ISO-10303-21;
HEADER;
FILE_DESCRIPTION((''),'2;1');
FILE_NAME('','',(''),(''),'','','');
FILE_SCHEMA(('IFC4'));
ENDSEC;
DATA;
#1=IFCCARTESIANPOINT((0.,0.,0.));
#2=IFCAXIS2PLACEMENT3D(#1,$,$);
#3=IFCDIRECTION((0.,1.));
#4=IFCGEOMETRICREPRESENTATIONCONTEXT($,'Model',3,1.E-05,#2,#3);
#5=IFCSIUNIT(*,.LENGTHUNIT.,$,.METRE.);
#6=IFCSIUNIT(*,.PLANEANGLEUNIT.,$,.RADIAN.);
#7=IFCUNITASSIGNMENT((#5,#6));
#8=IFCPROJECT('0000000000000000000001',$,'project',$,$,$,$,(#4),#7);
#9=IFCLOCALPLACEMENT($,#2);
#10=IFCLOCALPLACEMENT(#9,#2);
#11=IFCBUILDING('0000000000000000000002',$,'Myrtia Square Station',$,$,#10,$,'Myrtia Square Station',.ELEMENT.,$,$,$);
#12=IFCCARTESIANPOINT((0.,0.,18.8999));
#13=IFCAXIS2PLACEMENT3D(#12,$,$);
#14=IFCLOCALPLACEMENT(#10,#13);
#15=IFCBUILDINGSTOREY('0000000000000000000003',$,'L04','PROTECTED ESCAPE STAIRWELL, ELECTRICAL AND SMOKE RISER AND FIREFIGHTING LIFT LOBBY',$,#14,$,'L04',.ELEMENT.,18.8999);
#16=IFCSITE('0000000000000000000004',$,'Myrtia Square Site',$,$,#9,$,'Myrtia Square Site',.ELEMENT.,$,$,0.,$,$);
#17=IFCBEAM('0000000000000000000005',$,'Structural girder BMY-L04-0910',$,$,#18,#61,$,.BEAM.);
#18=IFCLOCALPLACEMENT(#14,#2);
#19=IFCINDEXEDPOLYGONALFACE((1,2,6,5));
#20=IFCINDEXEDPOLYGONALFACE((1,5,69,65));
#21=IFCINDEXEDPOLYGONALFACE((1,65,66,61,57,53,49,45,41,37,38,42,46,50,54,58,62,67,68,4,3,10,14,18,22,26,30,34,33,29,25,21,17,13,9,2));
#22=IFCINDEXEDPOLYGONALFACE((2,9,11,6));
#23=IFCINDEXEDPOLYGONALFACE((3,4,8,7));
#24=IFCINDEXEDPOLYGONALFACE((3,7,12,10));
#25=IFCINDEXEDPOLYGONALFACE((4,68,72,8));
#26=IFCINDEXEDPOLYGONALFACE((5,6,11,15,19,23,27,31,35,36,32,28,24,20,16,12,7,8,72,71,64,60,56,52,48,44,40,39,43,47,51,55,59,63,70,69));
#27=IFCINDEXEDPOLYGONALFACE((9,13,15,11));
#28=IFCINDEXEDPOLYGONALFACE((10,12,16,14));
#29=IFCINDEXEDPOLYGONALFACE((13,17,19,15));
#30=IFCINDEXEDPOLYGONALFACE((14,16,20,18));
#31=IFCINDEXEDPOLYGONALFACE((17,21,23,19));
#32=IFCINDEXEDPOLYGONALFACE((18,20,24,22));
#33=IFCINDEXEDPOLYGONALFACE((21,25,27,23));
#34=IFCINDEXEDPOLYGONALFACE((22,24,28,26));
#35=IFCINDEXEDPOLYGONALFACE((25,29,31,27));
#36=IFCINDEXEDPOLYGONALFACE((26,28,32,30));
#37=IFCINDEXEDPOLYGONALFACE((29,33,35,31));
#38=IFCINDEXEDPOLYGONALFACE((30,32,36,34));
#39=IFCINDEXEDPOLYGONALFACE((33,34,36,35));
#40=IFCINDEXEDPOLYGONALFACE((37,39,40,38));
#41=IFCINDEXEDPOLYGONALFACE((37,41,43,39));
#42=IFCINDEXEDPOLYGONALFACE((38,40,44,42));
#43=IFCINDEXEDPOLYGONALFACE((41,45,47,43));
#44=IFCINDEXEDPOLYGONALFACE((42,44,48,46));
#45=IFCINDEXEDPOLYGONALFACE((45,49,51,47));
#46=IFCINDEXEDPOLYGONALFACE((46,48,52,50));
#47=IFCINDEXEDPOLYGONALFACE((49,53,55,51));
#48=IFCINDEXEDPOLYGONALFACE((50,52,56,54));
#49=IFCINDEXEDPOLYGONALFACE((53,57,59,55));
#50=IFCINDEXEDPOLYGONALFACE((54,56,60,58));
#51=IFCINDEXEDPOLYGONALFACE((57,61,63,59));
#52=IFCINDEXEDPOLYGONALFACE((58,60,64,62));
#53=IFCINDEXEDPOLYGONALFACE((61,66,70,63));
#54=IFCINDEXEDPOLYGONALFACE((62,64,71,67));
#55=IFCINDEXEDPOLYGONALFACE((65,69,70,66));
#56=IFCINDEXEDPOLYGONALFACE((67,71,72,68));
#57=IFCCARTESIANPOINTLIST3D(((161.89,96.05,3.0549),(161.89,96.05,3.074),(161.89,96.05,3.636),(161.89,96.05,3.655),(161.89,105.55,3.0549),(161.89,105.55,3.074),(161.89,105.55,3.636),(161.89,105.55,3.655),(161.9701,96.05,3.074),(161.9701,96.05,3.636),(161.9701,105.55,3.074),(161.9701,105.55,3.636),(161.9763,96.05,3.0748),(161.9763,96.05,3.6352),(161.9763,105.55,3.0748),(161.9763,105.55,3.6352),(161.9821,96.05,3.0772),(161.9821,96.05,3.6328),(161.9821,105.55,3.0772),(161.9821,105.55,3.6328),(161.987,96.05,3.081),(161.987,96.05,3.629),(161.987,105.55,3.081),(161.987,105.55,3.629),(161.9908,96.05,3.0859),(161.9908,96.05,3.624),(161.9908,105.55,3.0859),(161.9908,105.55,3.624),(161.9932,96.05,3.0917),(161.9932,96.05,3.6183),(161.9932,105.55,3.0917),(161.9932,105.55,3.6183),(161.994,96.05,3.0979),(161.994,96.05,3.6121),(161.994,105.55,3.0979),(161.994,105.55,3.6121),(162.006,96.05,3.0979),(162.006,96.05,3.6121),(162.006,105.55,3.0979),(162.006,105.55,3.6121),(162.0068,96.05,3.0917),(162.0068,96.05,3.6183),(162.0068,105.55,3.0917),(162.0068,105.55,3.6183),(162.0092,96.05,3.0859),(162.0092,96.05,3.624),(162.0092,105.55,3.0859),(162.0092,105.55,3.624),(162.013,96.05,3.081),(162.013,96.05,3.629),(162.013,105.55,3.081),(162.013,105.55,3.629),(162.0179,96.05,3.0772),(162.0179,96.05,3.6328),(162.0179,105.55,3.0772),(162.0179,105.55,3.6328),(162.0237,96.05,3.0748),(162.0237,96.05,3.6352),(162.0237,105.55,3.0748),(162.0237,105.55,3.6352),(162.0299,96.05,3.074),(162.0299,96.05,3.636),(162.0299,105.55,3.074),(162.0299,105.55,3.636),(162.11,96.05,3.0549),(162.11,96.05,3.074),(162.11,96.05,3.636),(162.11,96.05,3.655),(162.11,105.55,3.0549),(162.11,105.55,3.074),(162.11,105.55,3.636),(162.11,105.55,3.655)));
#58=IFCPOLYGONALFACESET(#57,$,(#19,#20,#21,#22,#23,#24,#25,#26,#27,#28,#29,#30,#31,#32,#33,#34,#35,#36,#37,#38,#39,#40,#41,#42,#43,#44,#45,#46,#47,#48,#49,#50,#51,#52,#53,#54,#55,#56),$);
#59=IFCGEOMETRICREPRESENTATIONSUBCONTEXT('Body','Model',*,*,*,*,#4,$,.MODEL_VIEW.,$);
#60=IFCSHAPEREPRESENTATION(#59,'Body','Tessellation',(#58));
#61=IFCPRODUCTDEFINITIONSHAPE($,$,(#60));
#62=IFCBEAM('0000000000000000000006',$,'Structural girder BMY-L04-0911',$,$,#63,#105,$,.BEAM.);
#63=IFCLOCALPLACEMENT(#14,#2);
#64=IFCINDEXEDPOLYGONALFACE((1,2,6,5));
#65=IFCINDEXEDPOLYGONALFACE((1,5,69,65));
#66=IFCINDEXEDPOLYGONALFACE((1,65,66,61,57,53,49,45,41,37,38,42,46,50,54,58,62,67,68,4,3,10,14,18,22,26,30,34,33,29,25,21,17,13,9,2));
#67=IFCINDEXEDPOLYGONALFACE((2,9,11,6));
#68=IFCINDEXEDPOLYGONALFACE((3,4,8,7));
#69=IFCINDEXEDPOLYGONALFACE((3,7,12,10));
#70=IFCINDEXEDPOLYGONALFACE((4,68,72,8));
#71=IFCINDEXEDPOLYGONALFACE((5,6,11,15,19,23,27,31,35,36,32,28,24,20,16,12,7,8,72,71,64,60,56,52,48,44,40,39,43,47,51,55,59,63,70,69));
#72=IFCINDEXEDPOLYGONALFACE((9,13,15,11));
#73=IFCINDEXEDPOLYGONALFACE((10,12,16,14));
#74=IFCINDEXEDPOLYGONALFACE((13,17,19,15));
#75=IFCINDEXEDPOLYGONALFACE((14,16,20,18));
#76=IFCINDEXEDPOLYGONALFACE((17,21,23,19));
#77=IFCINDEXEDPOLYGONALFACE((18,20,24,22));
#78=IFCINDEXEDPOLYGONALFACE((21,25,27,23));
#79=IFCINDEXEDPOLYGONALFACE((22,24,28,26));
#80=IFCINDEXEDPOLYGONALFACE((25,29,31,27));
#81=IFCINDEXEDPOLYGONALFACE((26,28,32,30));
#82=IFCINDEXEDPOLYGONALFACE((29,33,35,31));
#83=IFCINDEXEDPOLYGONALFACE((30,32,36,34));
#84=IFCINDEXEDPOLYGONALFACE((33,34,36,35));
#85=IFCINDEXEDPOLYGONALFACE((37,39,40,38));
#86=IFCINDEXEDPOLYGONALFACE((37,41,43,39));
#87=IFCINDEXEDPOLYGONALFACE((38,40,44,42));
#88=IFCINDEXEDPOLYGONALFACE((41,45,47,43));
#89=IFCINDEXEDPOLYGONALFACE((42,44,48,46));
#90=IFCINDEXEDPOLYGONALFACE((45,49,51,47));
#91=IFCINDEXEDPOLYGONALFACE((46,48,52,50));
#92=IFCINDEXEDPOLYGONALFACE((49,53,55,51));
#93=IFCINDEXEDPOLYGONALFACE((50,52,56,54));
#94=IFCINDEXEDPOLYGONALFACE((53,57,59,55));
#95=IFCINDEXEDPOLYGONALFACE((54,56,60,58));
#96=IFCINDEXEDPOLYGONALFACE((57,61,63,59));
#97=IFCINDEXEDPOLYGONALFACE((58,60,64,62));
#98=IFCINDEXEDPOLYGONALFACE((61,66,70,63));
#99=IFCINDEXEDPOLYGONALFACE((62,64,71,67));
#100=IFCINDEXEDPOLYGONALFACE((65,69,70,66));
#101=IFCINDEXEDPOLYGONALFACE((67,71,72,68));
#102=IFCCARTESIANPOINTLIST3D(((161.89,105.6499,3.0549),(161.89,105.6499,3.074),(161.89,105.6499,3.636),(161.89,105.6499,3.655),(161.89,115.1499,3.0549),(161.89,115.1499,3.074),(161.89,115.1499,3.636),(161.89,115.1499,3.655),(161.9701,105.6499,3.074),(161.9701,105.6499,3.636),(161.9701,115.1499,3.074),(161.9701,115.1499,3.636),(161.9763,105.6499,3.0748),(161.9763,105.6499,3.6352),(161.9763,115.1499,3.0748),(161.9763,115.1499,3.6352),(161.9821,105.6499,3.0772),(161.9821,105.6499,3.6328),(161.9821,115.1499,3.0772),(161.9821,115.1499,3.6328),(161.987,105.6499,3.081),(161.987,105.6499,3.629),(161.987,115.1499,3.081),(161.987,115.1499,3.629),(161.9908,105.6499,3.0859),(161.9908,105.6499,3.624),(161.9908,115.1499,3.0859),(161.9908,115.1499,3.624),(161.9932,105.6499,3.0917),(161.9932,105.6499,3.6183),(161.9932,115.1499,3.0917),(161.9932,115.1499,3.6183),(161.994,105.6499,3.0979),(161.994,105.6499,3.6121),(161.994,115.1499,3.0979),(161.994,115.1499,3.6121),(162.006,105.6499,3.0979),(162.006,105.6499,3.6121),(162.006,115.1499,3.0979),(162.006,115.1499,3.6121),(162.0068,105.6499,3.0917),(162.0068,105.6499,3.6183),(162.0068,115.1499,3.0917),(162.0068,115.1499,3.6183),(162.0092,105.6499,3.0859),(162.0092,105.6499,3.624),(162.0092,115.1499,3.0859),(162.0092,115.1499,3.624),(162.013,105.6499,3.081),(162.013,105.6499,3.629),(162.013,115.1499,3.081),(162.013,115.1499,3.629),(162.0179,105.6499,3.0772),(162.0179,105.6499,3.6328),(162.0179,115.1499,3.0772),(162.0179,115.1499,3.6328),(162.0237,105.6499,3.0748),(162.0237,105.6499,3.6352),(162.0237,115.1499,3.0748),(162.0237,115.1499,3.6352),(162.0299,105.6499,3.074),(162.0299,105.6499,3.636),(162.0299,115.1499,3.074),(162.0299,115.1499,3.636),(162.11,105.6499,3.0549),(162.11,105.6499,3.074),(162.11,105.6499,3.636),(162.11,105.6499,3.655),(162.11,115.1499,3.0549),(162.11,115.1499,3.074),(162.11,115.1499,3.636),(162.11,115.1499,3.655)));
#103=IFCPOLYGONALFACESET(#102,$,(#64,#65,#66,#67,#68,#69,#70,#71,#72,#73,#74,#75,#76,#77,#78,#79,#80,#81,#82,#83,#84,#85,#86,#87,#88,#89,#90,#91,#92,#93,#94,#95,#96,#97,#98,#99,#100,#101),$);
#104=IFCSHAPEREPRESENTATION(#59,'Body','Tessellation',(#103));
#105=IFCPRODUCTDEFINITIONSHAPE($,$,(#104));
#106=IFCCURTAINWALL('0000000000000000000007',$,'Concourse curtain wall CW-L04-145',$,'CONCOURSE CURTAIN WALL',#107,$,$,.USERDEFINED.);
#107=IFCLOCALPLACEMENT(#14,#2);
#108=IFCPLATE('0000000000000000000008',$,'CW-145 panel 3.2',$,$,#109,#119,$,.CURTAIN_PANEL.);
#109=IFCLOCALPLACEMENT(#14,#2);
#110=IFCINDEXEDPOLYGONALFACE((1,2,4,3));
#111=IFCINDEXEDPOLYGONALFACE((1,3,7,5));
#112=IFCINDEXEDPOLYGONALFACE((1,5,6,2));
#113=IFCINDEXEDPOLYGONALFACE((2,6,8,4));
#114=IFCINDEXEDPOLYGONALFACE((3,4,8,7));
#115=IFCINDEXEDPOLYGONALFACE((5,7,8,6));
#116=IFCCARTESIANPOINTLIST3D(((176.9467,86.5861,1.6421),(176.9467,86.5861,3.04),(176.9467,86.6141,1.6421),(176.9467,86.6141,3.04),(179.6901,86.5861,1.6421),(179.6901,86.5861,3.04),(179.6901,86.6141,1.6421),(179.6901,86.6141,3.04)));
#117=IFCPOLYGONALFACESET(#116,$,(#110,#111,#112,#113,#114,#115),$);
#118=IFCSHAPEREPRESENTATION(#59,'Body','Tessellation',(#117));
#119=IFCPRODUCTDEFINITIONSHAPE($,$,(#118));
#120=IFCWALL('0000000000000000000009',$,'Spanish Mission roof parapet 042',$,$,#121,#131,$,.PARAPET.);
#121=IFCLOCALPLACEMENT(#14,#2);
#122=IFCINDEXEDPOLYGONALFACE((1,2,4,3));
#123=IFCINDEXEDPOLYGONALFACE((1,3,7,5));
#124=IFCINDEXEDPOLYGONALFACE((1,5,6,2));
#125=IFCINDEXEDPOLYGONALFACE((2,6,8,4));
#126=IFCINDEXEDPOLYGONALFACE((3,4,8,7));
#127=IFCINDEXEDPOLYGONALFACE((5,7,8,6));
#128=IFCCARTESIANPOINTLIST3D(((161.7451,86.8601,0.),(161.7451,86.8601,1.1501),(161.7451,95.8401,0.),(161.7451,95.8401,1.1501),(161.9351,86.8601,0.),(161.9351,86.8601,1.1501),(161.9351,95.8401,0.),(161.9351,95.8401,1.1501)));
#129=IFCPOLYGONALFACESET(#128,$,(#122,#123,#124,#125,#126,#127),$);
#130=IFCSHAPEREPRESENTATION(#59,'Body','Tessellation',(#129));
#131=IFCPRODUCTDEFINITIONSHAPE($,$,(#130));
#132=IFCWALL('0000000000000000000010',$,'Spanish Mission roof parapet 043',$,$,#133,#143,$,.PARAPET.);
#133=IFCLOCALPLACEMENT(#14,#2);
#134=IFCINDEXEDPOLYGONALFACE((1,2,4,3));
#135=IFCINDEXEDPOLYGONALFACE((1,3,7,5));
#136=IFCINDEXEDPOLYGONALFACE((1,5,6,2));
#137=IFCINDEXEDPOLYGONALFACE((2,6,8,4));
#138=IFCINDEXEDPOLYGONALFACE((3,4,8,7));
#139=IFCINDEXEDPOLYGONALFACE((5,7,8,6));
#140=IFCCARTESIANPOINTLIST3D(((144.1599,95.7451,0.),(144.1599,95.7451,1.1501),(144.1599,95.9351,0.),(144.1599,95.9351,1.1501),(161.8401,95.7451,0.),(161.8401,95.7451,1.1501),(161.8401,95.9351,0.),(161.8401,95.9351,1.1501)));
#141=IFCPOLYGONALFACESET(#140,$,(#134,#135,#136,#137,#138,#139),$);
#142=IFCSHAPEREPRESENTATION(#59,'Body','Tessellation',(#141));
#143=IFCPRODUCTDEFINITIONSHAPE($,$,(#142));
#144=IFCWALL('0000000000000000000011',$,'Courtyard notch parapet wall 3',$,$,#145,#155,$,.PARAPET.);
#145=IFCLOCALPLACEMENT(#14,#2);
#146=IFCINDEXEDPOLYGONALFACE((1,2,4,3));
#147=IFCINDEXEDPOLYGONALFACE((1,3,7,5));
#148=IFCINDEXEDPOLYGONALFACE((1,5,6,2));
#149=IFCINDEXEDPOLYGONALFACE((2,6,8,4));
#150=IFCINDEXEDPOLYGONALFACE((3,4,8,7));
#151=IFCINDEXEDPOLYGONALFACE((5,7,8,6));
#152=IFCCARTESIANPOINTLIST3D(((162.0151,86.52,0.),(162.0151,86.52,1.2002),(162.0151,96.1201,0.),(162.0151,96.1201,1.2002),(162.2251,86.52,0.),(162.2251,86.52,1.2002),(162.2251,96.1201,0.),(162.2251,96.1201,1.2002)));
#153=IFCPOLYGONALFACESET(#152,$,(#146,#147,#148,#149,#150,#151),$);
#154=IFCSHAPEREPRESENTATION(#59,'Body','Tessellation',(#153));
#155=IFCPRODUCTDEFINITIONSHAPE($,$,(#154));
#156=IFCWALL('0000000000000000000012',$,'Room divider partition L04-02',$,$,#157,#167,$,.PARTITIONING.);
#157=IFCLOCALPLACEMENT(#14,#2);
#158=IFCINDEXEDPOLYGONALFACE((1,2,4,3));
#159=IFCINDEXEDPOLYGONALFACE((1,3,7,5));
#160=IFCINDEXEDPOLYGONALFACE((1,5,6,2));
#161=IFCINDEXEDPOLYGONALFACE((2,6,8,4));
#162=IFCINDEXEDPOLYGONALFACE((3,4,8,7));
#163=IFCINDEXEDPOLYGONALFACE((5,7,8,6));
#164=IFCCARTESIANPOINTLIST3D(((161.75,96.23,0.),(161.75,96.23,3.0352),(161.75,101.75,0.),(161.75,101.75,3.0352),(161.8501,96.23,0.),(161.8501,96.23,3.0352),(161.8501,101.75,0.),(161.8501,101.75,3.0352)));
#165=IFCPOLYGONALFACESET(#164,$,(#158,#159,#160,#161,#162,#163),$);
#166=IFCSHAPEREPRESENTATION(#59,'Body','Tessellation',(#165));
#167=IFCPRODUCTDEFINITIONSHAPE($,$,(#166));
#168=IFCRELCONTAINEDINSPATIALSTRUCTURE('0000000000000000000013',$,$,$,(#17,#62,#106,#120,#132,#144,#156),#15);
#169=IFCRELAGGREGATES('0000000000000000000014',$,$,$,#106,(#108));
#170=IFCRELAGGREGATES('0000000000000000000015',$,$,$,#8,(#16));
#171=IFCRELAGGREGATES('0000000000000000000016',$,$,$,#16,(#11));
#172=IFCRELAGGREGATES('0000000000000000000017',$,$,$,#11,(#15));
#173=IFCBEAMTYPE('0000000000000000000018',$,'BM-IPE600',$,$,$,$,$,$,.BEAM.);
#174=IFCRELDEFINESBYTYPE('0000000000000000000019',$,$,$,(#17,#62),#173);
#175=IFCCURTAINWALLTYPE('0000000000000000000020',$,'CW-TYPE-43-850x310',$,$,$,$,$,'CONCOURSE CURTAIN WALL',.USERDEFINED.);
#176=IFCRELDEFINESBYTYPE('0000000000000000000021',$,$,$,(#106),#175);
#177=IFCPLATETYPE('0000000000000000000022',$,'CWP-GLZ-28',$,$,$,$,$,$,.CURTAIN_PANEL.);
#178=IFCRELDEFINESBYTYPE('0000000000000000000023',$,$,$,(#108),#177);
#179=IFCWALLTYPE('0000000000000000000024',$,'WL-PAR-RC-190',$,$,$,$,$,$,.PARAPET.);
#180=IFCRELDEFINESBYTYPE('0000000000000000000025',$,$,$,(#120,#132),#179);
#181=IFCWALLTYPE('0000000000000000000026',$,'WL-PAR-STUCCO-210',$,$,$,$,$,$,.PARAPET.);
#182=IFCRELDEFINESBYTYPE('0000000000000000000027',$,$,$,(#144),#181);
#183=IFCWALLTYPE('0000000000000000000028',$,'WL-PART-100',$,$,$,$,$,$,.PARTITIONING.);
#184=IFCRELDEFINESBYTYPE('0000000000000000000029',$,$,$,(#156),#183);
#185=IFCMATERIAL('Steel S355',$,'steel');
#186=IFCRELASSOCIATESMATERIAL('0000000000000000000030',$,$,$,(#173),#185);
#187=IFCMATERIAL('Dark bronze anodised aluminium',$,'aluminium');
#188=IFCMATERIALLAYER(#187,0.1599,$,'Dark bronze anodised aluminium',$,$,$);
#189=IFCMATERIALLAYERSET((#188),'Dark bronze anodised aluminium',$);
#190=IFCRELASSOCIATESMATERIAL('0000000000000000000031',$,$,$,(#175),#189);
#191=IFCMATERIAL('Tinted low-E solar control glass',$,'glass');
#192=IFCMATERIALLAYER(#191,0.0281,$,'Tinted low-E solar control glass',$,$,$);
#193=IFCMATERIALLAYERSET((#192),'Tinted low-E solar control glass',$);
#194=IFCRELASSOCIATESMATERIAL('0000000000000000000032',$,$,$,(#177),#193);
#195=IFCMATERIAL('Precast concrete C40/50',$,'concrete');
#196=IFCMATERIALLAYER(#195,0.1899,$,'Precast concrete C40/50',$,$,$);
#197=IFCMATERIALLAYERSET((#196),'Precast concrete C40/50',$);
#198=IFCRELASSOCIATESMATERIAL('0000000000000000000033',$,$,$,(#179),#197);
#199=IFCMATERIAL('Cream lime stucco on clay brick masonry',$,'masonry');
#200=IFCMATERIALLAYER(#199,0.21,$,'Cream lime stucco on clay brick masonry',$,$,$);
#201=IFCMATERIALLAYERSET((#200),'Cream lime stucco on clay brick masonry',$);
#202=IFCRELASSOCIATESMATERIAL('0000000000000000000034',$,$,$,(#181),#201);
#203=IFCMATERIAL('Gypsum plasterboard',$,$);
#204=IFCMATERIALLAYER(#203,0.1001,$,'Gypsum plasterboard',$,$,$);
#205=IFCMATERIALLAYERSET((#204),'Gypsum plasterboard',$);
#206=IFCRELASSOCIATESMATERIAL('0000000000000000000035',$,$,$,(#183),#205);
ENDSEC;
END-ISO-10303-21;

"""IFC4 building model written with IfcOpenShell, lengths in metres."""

from ifc_helpers import new_model, si_unit, direction, frame, frame_2d, origin, origin_2d, place, context, subcontext, project, spatial, rectangle, i_section, extrude, material, layer, layer_set, material_profile, profile_set, type_object, element, aggregate, save


model = new_model("IFC4")

# Units and contexts
model_context = context("Model", 3, precision=1e-05, world=origin(), true_north=direction((0.0, 1.0)))
body_context = subcontext(model_context, "Body", "Model", "MODEL_VIEW")
ifc_project = project(units=[si_unit("LENGTHUNIT", "METRE"), si_unit("PLANEANGLEUNIT", "RADIAN")], contexts=[model_context])

# Site, building, storey
site_placement = place(None, origin())
site = spatial("IfcSite", under=ifc_project, at=site_placement, Name="Myrtia Square Site", LongName="Myrtia Square Site", CompositionType="ELEMENT", RefElevation=0.0)
building_placement = place(site_placement, origin())
building = spatial("IfcBuilding", under=site, at=building_placement, Name="Myrtia Square Station", LongName="Myrtia Square Station", CompositionType="ELEMENT")
storey_placement = place(building_placement, frame((0.0, 0.0, 18.8999)))
storey = spatial("IfcBuildingStorey", under=building, at=storey_placement, Name="L04", Description="PROTECTED ESCAPE STAIRWELL, ELECTRICAL AND SMOKE RISER AND FIREFIGHTING LIFT LOBBY", LongName="L04", CompositionType="ELEMENT", Elevation=18.8999)

# Shared definitions
ifc_material_1 = material(Name="Steel S355", Category="steel")

# Beams
ifc_material_profile_1 = material_profile(ifc_material_1, i_section(OverallWidth=0.22, OverallDepth=0.6001, WebThickness=0.012, FlangeThickness=0.019, FilletRadius=0.0239, at=origin_2d()), Name="IPE 600")
ifc_profile_set_1 = profile_set([ifc_material_profile_1], Name="Steel S355")
beam_type_1 = type_object("IfcBeamType", Name="BM-IPE600", PredefinedType="BEAM", material=ifc_profile_set_1)
for number, where, z_axis, x_axis, name in (
    (1, (162.0, 96.05, 3.355), (0.0, 1.0, 0.0), (-1.0, 0.0, 0.0), "Structural girder BMY-L04-0910"),
    (2, (162.0, 105.6499, 3.355), (0.0, 1.0, 0.0), (-1.0, 0.0, 0.0), "Structural girder BMY-L04-0911"),
):
    element("IfcBeam", number, at=place(storey_placement, frame(where, z_axis=z_axis, x_axis=x_axis)), inside=storey, type_object=beam_type_1, Name=name, PredefinedType="BEAM", context=body_context, shape_type="SweptSolid", body=[
        extrude(i_section(OverallWidth=0.22, OverallDepth=0.6001, WebThickness=0.012, FlangeThickness=0.019, FilletRadius=0.0239, at=origin_2d()), origin(), (0.0, 0.0, 1.0), 9.5),
    ])

# Curtain wall, plate
ifc_material_2 = material(Name="Dark bronze anodised aluminium", Category="aluminium")
ifc_layer_1 = layer(ifc_material_2, 0.1599, Name="Dark bronze anodised aluminium")
ifc_layer_set_1 = layer_set([ifc_layer_1], Name="Dark bronze anodised aluminium")
curtain_wall_type = type_object("IfcCurtainWallType", Name="CW-TYPE-43-850x310", ElementType="CONCOURSE CURTAIN WALL", PredefinedType="USERDEFINED", material=ifc_layer_set_1)
curtain_wall_placement = place(storey_placement, origin())
curtain_wall = element("IfcCurtainWall", 3, at=curtain_wall_placement, inside=storey, type_object=curtain_wall_type, Name="Concourse curtain wall CW-L04-145", ObjectType="CONCOURSE CURTAIN WALL", PredefinedType="USERDEFINED")
ifc_material_3 = material(Name="Tinted low-E solar control glass", Category="glass")
ifc_layer_2 = layer(ifc_material_3, 0.0281, Name="Tinted low-E solar control glass")
ifc_layer_set_2 = layer_set([ifc_layer_2], Name="Tinted low-E solar control glass")
plate_type = type_object("IfcPlateType", Name="CWP-GLZ-28", PredefinedType="CURTAIN_PANEL", material=ifc_layer_set_2)
plate_placement = place(storey_placement, frame((178.3184, 86.6001, 1.6421), z_axis=(0.0, 0.0, 1.0), x_axis=(1.0, 0.0, 0.0)))
plate = element("IfcPlate", 4, at=plate_placement, type_object=plate_type, Name="CW-145 panel 3.2", PredefinedType="CURTAIN_PANEL", context=body_context, shape_type="SweptSolid", body=[
    extrude(rectangle(XDim=2.7434, YDim=0.0281, at=origin_2d()), origin(), (0.0, 0.0, 1.0), 1.3979),
])
aggregate(curtain_wall, [plate])

# Walls
ifc_material_4 = material(Name="Precast concrete C40/50", Category="concrete")
ifc_layer_3 = layer(ifc_material_4, 0.1899, Name="Precast concrete C40/50")
ifc_layer_set_3 = layer_set([ifc_layer_3], Name="Precast concrete C40/50")
wall_type_1 = type_object("IfcWallType", Name="WL-PAR-RC-190", PredefinedType="PARAPET", material=ifc_layer_set_3)
wall_1_placement = place(storey_placement, frame((161.8401, 86.8601, 0.0), z_axis=(0.0, 0.0, 1.0), x_axis=(0.0, 1.0, 0.0)))
element("IfcWall", 5, at=wall_1_placement, inside=storey, type_object=wall_type_1, Name="Spanish Mission roof parapet 042", PredefinedType="PARAPET", context=body_context, shape_type="SweptSolid", body=[
    extrude(rectangle(XDim=8.98, YDim=0.1899, at=frame_2d((4.49, 0.0))), origin(), (0.0, 0.0, 1.0), 1.1501),
])
wall_2_placement = place(storey_placement, frame((161.8401, 95.8401, 0.0), z_axis=(0.0, 0.0, 1.0), x_axis=(-1.0, 0.0, 0.0)))
element("IfcWall", 6, at=wall_2_placement, inside=storey, type_object=wall_type_1, Name="Spanish Mission roof parapet 043", PredefinedType="PARAPET", context=body_context, shape_type="SweptSolid", body=[
    extrude(rectangle(XDim=17.6802, YDim=0.1899, at=frame_2d((8.8401, 0.0))), origin(), (0.0, 0.0, 1.0), 1.1501),
])
ifc_material_5 = material(Name="Cream lime stucco on clay brick masonry", Category="masonry")
ifc_layer_4 = layer(ifc_material_5, 0.21, Name="Cream lime stucco on clay brick masonry")
ifc_layer_set_4 = layer_set([ifc_layer_4], Name="Cream lime stucco on clay brick masonry")
wall_type_2 = type_object("IfcWallType", Name="WL-PAR-STUCCO-210", PredefinedType="PARAPET", material=ifc_layer_set_4)
wall_3_placement = place(storey_placement, frame((162.1201, 96.1201, 0.0), z_axis=(0.0, 0.0, 1.0), x_axis=(0.0, -1.0, 0.0)))
element("IfcWall", 7, at=wall_3_placement, inside=storey, type_object=wall_type_2, Name="Courtyard notch parapet wall 3", PredefinedType="PARAPET", context=body_context, shape_type="SweptSolid", body=[
    extrude(rectangle(XDim=9.6001, YDim=0.21, at=frame_2d((4.8, 0.0))), origin(), (0.0, 0.0, 1.0), 1.2002),
])
ifc_material_6 = material(Name="Gypsum plasterboard")
ifc_layer_5 = layer(ifc_material_6, 0.1001, Name="Gypsum plasterboard")
ifc_layer_set_5 = layer_set([ifc_layer_5], Name="Gypsum plasterboard")
wall_type_3 = type_object("IfcWallType", Name="WL-PART-100", PredefinedType="PARTITIONING", material=ifc_layer_set_5)
wall_4_placement = place(storey_placement, frame((161.8, 96.23, 0.0), z_axis=(0.0, 0.0, 1.0), x_axis=(0.0, 1.0, 0.0)))
element("IfcWall", 8, at=wall_4_placement, inside=storey, type_object=wall_type_3, Name="Room divider partition L04-02", PredefinedType="PARTITIONING", context=body_context, shape_type="SweptSolid", body=[
    extrude(rectangle(XDim=5.52, YDim=0.1001, at=frame_2d((2.76, 0.0))), origin(), (0.0, 0.0, 1.0), 3.0352),
])

save(model, "model.ifc")
